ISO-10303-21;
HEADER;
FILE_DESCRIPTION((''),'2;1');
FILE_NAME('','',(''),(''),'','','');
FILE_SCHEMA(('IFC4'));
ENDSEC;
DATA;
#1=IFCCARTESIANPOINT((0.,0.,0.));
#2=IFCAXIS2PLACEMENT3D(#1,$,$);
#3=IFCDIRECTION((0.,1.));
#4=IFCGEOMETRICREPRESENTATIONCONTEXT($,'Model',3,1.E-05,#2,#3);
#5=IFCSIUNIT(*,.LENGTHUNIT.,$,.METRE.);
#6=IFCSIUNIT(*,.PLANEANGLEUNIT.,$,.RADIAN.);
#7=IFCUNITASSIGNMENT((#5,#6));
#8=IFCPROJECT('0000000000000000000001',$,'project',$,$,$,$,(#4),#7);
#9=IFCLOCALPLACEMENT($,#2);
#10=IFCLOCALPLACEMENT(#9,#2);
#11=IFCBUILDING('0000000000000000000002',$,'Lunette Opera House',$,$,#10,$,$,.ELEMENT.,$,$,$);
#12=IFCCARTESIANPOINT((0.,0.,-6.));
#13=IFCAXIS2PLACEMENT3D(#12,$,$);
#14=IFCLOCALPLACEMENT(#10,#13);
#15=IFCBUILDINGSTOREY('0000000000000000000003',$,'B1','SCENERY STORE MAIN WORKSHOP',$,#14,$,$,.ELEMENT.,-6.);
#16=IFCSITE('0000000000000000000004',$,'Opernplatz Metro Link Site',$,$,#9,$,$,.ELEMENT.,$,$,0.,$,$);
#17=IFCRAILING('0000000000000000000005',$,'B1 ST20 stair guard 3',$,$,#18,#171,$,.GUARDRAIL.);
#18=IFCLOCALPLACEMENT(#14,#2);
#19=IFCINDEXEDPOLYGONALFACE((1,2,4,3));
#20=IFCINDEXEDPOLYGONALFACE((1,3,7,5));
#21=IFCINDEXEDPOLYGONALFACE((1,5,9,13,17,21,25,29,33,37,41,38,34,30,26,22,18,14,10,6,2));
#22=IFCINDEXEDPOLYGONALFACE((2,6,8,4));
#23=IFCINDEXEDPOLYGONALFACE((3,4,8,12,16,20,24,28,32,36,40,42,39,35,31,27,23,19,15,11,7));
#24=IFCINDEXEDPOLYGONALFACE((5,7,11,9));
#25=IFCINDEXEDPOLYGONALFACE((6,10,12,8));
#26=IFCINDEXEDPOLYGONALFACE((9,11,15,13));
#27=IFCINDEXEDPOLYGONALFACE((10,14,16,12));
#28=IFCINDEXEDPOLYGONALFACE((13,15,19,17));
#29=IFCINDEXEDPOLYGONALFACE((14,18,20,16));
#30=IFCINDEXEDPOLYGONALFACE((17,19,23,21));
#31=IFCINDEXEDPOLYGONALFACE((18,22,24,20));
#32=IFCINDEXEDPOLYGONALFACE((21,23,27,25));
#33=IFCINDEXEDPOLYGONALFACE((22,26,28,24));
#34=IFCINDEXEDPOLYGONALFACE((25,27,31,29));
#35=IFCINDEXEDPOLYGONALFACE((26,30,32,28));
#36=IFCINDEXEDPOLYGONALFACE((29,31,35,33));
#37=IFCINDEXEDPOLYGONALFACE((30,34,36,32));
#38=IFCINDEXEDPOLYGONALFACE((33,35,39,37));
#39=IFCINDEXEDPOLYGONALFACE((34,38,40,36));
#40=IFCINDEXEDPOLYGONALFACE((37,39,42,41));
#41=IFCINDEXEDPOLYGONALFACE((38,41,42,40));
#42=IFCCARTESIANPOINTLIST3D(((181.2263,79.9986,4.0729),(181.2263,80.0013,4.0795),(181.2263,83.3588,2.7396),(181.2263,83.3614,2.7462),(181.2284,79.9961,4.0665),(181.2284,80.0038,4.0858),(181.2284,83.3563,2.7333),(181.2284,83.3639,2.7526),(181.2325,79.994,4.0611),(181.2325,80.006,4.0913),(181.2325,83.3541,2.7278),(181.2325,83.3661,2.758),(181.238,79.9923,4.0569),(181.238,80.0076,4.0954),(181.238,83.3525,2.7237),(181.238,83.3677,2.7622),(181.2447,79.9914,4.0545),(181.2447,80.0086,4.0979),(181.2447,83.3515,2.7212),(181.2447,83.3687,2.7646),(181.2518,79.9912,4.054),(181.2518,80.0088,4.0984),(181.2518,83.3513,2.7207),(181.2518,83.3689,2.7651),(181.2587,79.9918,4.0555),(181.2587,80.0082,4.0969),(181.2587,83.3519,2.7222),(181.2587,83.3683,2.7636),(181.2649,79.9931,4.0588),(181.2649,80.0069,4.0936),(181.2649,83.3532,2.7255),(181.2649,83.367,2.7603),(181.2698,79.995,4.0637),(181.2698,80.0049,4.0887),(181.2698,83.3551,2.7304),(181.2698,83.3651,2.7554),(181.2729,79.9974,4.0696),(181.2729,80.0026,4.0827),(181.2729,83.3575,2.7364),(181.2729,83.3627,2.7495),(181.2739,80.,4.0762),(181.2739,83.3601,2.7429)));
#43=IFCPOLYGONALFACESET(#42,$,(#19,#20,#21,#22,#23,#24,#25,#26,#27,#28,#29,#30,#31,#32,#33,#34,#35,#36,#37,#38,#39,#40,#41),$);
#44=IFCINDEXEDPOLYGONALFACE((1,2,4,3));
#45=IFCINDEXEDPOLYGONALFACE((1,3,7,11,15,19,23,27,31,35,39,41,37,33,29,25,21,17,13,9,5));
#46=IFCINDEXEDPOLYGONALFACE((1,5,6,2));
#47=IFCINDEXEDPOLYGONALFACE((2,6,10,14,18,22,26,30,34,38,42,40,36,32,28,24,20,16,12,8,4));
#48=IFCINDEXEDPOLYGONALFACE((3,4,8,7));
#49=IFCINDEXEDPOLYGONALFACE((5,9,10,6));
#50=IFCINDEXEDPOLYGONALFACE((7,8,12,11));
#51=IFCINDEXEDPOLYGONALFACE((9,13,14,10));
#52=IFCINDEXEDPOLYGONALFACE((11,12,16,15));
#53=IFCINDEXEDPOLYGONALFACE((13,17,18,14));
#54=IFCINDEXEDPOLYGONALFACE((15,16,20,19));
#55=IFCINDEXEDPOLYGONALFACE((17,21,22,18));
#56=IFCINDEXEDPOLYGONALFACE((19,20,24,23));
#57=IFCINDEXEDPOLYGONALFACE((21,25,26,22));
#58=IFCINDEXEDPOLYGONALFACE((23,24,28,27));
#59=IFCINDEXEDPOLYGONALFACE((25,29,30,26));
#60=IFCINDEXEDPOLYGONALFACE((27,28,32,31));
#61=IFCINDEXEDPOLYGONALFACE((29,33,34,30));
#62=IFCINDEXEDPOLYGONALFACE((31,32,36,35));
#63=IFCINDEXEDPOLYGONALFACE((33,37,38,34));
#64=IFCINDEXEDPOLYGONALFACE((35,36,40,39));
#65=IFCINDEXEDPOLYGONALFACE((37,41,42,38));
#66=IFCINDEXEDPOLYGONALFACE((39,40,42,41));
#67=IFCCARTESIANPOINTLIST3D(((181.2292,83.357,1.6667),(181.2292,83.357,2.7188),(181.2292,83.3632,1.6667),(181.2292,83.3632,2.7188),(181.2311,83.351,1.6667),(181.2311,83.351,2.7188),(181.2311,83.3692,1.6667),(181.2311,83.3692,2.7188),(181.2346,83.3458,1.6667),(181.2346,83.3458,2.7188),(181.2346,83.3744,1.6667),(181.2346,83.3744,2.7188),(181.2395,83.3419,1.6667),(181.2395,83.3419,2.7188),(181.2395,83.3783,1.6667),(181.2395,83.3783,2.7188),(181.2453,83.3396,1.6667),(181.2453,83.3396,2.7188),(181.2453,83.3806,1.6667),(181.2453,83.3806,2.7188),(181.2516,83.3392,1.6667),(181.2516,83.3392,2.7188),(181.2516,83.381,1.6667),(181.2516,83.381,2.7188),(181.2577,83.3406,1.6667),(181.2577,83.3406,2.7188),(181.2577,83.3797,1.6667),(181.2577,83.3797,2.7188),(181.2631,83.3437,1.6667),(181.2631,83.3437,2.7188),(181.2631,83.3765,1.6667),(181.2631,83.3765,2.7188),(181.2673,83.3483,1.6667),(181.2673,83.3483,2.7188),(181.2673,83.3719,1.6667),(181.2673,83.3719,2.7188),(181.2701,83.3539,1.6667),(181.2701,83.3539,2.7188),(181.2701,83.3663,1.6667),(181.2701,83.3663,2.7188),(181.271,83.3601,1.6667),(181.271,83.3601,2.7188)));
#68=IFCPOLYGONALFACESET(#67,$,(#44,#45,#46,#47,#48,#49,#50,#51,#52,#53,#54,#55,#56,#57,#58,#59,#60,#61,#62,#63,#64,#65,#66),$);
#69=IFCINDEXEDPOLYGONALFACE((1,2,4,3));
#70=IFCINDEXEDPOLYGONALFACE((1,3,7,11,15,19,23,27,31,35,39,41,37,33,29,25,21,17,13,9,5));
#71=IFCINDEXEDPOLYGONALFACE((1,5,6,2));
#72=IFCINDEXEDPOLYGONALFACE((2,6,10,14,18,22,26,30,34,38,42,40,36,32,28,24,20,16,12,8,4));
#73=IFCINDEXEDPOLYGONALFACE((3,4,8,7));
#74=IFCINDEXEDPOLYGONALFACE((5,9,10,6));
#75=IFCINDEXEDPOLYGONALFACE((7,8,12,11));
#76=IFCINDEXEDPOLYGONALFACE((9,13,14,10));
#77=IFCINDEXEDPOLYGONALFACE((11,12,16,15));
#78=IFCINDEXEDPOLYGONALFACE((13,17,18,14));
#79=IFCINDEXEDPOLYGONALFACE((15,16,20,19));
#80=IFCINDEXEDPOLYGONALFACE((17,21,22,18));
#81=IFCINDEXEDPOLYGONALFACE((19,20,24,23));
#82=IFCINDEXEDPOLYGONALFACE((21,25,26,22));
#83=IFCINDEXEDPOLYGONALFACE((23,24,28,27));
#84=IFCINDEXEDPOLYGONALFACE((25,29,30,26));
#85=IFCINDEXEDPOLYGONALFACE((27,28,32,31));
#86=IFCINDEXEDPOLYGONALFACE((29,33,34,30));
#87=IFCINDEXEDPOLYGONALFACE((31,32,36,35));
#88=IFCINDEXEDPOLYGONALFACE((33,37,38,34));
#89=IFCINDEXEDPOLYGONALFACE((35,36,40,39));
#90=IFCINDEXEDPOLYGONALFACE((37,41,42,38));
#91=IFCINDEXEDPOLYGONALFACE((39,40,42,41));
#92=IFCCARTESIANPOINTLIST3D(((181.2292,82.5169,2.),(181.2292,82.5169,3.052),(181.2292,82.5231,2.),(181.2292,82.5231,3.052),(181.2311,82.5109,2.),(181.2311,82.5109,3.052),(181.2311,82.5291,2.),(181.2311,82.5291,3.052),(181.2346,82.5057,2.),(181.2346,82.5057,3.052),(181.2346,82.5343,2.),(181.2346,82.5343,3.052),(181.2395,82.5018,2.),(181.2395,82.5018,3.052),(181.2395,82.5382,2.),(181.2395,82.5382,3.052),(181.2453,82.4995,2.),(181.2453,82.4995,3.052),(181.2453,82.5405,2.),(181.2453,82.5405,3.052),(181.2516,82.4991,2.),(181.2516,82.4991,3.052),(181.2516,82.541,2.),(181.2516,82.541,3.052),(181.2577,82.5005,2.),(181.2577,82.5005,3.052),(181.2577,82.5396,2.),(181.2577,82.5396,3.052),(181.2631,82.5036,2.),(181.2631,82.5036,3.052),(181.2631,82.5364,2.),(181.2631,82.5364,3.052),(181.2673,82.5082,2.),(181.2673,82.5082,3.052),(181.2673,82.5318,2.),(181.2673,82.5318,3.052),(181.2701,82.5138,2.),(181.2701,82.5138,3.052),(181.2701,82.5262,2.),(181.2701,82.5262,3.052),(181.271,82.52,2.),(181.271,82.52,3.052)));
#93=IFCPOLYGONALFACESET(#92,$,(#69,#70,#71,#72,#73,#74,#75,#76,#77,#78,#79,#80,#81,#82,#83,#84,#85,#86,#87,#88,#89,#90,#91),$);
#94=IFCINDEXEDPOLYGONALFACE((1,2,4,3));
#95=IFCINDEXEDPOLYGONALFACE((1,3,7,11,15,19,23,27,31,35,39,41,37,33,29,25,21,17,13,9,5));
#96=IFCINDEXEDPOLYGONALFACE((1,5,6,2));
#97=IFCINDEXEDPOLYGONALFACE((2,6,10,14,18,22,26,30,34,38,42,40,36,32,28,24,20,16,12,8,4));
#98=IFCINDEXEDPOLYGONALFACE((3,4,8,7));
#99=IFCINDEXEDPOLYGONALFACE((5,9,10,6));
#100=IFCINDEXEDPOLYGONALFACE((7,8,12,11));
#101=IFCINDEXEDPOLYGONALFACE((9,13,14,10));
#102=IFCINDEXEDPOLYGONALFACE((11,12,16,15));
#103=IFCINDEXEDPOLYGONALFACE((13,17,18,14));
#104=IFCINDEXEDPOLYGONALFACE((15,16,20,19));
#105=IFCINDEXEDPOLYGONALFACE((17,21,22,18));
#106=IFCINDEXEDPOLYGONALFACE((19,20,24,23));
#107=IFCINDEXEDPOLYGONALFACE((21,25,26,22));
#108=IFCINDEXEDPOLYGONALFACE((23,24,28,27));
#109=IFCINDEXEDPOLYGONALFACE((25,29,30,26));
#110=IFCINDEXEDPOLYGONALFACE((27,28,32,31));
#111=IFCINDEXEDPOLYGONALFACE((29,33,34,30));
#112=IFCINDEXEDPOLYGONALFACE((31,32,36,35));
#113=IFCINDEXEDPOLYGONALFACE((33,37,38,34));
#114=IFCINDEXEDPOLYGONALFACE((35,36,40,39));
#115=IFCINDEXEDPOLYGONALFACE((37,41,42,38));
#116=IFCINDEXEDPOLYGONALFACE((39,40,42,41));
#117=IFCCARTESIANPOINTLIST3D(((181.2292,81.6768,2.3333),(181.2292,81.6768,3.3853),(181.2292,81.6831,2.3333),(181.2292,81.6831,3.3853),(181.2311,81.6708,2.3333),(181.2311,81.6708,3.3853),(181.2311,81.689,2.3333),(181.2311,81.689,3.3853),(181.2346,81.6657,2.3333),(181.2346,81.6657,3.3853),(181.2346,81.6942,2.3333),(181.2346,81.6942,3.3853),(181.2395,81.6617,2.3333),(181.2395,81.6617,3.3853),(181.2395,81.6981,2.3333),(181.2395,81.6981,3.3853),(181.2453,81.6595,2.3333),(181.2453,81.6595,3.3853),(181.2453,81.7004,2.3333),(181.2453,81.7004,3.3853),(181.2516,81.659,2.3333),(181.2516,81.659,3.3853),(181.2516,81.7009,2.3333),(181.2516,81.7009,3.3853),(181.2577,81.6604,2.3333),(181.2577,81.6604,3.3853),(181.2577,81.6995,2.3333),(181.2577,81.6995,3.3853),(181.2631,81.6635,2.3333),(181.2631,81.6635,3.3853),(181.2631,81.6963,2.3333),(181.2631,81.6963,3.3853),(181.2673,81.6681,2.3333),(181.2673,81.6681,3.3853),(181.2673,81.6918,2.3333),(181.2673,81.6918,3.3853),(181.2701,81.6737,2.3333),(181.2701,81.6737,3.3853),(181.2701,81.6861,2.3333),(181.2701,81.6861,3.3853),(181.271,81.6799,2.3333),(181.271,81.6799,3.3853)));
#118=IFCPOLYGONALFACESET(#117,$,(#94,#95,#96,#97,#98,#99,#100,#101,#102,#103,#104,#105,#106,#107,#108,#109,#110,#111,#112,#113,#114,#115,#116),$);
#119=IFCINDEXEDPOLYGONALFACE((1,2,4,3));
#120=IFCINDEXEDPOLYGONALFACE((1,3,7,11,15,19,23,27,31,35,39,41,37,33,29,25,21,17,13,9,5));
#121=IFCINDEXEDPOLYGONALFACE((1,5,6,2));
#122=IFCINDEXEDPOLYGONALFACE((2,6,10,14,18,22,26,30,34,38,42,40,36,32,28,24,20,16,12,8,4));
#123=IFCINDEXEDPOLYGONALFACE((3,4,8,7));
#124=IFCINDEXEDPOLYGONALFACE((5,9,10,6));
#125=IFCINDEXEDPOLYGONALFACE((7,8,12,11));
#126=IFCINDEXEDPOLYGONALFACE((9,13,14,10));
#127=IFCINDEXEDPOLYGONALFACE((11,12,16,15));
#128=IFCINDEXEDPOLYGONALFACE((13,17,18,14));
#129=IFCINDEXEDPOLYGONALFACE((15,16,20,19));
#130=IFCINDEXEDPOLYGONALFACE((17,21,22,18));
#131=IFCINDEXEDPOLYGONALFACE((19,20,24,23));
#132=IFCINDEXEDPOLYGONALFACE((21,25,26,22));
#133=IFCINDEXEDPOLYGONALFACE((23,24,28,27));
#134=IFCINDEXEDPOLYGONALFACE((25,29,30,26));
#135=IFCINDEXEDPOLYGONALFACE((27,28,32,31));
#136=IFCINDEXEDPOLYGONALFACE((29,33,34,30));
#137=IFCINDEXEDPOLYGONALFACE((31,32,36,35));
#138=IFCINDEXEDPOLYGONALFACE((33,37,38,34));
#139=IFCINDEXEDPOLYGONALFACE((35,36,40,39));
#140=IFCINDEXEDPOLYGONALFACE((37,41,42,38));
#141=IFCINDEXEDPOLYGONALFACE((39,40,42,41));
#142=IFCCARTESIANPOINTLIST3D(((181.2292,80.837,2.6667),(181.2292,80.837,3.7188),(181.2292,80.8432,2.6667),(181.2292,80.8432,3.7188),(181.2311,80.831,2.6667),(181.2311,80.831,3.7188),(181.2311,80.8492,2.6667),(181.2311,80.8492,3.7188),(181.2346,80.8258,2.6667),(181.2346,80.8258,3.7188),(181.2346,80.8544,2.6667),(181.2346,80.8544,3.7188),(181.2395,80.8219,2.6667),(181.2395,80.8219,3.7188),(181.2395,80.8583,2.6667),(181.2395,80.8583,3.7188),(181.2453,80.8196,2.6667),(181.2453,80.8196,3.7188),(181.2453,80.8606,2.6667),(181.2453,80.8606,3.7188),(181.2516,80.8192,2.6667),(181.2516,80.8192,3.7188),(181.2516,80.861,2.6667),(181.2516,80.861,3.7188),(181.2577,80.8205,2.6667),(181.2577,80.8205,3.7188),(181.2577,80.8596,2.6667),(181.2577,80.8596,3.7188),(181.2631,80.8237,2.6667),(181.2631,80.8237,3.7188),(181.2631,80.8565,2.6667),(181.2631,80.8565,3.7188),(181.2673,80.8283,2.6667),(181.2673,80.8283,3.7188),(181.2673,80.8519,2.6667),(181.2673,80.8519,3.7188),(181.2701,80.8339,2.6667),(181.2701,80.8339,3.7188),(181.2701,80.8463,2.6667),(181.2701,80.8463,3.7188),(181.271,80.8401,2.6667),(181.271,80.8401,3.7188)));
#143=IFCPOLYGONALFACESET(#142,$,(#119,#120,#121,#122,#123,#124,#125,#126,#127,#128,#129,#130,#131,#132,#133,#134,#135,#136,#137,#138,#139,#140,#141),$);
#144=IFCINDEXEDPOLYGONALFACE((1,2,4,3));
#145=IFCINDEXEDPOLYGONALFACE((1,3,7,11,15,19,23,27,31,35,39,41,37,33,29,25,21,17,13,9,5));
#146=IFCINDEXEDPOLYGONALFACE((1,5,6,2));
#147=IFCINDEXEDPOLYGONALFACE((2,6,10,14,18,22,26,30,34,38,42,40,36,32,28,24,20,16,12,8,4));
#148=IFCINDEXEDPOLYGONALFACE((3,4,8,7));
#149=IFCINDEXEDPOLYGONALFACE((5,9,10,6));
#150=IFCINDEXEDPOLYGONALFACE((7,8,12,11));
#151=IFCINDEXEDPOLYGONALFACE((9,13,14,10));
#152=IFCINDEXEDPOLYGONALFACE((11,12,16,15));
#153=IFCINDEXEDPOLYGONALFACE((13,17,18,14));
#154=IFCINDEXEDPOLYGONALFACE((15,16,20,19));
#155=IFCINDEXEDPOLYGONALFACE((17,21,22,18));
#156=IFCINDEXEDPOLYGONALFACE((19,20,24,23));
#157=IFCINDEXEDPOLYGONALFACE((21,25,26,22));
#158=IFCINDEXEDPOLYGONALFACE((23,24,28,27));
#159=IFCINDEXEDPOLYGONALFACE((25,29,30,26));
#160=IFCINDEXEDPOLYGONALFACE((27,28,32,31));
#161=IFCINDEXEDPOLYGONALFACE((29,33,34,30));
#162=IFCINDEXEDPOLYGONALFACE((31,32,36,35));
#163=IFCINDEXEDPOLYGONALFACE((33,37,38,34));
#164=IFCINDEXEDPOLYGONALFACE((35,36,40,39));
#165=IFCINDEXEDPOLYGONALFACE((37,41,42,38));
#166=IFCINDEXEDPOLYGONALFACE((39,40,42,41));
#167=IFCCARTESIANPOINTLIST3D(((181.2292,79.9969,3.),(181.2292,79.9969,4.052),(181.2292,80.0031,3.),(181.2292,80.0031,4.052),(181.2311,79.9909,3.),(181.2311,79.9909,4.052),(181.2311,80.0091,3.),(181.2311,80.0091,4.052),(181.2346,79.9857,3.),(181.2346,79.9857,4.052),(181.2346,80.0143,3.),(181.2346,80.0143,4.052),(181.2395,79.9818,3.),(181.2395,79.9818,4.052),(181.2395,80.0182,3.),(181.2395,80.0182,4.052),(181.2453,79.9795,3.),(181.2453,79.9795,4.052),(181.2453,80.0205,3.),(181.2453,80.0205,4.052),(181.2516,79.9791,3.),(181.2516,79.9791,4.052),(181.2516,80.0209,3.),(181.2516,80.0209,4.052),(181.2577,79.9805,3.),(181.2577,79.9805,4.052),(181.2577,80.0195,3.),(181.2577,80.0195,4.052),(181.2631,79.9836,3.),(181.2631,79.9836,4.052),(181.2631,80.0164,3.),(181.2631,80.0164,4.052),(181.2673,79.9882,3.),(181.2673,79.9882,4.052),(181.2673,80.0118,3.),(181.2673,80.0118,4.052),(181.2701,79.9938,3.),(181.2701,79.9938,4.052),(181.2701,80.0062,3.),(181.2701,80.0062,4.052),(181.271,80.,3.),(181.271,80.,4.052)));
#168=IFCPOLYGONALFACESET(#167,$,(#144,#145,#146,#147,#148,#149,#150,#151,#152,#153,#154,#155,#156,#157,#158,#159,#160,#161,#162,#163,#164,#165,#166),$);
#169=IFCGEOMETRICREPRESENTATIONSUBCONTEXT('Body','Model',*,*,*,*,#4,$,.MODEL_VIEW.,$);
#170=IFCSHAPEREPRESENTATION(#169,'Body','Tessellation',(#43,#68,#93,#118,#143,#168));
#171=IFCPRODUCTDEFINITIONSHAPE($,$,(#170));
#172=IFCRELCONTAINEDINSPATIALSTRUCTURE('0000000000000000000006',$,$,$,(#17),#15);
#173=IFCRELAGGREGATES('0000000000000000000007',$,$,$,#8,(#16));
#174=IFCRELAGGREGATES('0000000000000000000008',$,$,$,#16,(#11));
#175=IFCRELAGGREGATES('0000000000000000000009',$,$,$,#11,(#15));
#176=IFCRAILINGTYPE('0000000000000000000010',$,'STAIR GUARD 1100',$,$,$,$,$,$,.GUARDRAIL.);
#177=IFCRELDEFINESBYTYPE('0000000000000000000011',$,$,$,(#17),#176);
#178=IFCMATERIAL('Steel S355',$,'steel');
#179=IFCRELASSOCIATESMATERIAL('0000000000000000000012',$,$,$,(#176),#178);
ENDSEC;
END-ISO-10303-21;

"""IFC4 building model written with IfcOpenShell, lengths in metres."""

from ifc_helpers import new_model, si_unit, direction, frame, origin, origin_2d, place, context, subcontext, project, spatial, circle, extrude, material, type_object, element, save


model = new_model("IFC4")

# Units and contexts
model_context = context("Model", 3, precision=1e-05, world=origin(), true_north=direction((0.0, 1.0)))
body_context = subcontext(model_context, "Body", "Model", "MODEL_VIEW")
ifc_project = project(units=[si_unit("LENGTHUNIT", "METRE"), si_unit("PLANEANGLEUNIT", "RADIAN")], contexts=[model_context])

# Site, building, storey
site_placement = place(None, origin())
site = spatial("IfcSite", under=ifc_project, at=site_placement, Name="Opernplatz Metro Link Site", CompositionType="ELEMENT", RefElevation=0.0)
building_placement = place(site_placement, origin())
building = spatial("IfcBuilding", under=site, at=building_placement, Name="Lunette Opera House", CompositionType="ELEMENT")
storey_placement = place(building_placement, frame((0.0, 0.0, -6.0)))
storey = spatial("IfcBuildingStorey", under=building, at=storey_placement, Name="B1", Description="SCENERY STORE MAIN WORKSHOP", CompositionType="ELEMENT", Elevation=-6.0)

# Railing
ifc_material_1 = material(Name="Steel S355", Category="steel")
railing_type_1 = type_object("IfcRailingType", Name="STAIR GUARD 1100", PredefinedType="GUARDRAIL", material=ifc_material_1)
railing_1_placement = place(storey_placement, frame((181.25, 83.3601, 1.6667)))
element("IfcRailing", 1, at=railing_1_placement, inside=storey, type_object=railing_type_1, Name="B1 ST20 stair guard 3", PredefinedType="GUARDRAIL", context=body_context, shape_type="SweptSolid", body=[
    extrude(circle(Radius=0.0239, at=origin_2d()), frame((0.0, 0.0, 1.0762), z_axis=(0.0, -0.929502, 0.368816), x_axis=(1.0, 0.0, 0.0)), (0.0, 0.0, 1.0), 3.615),
    extrude(circle(Radius=0.021, at=origin_2d()), origin(), (0.0, 0.0, 1.0), 1.052),
    extrude(circle(Radius=0.021, at=origin_2d()), frame((0.0, -0.8401, 0.3333)), (0.0, 0.0, 1.0), 1.052),
    extrude(circle(Radius=0.021, at=origin_2d()), frame((0.0, -1.6802, 0.6665)), (0.0, 0.0, 1.0), 1.052),
    extrude(circle(Radius=0.021, at=origin_2d()), frame((0.0, -2.52, 1.0)), (0.0, 0.0, 1.0), 1.052),
    extrude(circle(Radius=0.021, at=origin_2d()), frame((0.0, -3.3601, 1.3333)), (0.0, 0.0, 1.0), 1.052),
])

save(model, "model.ifc")
